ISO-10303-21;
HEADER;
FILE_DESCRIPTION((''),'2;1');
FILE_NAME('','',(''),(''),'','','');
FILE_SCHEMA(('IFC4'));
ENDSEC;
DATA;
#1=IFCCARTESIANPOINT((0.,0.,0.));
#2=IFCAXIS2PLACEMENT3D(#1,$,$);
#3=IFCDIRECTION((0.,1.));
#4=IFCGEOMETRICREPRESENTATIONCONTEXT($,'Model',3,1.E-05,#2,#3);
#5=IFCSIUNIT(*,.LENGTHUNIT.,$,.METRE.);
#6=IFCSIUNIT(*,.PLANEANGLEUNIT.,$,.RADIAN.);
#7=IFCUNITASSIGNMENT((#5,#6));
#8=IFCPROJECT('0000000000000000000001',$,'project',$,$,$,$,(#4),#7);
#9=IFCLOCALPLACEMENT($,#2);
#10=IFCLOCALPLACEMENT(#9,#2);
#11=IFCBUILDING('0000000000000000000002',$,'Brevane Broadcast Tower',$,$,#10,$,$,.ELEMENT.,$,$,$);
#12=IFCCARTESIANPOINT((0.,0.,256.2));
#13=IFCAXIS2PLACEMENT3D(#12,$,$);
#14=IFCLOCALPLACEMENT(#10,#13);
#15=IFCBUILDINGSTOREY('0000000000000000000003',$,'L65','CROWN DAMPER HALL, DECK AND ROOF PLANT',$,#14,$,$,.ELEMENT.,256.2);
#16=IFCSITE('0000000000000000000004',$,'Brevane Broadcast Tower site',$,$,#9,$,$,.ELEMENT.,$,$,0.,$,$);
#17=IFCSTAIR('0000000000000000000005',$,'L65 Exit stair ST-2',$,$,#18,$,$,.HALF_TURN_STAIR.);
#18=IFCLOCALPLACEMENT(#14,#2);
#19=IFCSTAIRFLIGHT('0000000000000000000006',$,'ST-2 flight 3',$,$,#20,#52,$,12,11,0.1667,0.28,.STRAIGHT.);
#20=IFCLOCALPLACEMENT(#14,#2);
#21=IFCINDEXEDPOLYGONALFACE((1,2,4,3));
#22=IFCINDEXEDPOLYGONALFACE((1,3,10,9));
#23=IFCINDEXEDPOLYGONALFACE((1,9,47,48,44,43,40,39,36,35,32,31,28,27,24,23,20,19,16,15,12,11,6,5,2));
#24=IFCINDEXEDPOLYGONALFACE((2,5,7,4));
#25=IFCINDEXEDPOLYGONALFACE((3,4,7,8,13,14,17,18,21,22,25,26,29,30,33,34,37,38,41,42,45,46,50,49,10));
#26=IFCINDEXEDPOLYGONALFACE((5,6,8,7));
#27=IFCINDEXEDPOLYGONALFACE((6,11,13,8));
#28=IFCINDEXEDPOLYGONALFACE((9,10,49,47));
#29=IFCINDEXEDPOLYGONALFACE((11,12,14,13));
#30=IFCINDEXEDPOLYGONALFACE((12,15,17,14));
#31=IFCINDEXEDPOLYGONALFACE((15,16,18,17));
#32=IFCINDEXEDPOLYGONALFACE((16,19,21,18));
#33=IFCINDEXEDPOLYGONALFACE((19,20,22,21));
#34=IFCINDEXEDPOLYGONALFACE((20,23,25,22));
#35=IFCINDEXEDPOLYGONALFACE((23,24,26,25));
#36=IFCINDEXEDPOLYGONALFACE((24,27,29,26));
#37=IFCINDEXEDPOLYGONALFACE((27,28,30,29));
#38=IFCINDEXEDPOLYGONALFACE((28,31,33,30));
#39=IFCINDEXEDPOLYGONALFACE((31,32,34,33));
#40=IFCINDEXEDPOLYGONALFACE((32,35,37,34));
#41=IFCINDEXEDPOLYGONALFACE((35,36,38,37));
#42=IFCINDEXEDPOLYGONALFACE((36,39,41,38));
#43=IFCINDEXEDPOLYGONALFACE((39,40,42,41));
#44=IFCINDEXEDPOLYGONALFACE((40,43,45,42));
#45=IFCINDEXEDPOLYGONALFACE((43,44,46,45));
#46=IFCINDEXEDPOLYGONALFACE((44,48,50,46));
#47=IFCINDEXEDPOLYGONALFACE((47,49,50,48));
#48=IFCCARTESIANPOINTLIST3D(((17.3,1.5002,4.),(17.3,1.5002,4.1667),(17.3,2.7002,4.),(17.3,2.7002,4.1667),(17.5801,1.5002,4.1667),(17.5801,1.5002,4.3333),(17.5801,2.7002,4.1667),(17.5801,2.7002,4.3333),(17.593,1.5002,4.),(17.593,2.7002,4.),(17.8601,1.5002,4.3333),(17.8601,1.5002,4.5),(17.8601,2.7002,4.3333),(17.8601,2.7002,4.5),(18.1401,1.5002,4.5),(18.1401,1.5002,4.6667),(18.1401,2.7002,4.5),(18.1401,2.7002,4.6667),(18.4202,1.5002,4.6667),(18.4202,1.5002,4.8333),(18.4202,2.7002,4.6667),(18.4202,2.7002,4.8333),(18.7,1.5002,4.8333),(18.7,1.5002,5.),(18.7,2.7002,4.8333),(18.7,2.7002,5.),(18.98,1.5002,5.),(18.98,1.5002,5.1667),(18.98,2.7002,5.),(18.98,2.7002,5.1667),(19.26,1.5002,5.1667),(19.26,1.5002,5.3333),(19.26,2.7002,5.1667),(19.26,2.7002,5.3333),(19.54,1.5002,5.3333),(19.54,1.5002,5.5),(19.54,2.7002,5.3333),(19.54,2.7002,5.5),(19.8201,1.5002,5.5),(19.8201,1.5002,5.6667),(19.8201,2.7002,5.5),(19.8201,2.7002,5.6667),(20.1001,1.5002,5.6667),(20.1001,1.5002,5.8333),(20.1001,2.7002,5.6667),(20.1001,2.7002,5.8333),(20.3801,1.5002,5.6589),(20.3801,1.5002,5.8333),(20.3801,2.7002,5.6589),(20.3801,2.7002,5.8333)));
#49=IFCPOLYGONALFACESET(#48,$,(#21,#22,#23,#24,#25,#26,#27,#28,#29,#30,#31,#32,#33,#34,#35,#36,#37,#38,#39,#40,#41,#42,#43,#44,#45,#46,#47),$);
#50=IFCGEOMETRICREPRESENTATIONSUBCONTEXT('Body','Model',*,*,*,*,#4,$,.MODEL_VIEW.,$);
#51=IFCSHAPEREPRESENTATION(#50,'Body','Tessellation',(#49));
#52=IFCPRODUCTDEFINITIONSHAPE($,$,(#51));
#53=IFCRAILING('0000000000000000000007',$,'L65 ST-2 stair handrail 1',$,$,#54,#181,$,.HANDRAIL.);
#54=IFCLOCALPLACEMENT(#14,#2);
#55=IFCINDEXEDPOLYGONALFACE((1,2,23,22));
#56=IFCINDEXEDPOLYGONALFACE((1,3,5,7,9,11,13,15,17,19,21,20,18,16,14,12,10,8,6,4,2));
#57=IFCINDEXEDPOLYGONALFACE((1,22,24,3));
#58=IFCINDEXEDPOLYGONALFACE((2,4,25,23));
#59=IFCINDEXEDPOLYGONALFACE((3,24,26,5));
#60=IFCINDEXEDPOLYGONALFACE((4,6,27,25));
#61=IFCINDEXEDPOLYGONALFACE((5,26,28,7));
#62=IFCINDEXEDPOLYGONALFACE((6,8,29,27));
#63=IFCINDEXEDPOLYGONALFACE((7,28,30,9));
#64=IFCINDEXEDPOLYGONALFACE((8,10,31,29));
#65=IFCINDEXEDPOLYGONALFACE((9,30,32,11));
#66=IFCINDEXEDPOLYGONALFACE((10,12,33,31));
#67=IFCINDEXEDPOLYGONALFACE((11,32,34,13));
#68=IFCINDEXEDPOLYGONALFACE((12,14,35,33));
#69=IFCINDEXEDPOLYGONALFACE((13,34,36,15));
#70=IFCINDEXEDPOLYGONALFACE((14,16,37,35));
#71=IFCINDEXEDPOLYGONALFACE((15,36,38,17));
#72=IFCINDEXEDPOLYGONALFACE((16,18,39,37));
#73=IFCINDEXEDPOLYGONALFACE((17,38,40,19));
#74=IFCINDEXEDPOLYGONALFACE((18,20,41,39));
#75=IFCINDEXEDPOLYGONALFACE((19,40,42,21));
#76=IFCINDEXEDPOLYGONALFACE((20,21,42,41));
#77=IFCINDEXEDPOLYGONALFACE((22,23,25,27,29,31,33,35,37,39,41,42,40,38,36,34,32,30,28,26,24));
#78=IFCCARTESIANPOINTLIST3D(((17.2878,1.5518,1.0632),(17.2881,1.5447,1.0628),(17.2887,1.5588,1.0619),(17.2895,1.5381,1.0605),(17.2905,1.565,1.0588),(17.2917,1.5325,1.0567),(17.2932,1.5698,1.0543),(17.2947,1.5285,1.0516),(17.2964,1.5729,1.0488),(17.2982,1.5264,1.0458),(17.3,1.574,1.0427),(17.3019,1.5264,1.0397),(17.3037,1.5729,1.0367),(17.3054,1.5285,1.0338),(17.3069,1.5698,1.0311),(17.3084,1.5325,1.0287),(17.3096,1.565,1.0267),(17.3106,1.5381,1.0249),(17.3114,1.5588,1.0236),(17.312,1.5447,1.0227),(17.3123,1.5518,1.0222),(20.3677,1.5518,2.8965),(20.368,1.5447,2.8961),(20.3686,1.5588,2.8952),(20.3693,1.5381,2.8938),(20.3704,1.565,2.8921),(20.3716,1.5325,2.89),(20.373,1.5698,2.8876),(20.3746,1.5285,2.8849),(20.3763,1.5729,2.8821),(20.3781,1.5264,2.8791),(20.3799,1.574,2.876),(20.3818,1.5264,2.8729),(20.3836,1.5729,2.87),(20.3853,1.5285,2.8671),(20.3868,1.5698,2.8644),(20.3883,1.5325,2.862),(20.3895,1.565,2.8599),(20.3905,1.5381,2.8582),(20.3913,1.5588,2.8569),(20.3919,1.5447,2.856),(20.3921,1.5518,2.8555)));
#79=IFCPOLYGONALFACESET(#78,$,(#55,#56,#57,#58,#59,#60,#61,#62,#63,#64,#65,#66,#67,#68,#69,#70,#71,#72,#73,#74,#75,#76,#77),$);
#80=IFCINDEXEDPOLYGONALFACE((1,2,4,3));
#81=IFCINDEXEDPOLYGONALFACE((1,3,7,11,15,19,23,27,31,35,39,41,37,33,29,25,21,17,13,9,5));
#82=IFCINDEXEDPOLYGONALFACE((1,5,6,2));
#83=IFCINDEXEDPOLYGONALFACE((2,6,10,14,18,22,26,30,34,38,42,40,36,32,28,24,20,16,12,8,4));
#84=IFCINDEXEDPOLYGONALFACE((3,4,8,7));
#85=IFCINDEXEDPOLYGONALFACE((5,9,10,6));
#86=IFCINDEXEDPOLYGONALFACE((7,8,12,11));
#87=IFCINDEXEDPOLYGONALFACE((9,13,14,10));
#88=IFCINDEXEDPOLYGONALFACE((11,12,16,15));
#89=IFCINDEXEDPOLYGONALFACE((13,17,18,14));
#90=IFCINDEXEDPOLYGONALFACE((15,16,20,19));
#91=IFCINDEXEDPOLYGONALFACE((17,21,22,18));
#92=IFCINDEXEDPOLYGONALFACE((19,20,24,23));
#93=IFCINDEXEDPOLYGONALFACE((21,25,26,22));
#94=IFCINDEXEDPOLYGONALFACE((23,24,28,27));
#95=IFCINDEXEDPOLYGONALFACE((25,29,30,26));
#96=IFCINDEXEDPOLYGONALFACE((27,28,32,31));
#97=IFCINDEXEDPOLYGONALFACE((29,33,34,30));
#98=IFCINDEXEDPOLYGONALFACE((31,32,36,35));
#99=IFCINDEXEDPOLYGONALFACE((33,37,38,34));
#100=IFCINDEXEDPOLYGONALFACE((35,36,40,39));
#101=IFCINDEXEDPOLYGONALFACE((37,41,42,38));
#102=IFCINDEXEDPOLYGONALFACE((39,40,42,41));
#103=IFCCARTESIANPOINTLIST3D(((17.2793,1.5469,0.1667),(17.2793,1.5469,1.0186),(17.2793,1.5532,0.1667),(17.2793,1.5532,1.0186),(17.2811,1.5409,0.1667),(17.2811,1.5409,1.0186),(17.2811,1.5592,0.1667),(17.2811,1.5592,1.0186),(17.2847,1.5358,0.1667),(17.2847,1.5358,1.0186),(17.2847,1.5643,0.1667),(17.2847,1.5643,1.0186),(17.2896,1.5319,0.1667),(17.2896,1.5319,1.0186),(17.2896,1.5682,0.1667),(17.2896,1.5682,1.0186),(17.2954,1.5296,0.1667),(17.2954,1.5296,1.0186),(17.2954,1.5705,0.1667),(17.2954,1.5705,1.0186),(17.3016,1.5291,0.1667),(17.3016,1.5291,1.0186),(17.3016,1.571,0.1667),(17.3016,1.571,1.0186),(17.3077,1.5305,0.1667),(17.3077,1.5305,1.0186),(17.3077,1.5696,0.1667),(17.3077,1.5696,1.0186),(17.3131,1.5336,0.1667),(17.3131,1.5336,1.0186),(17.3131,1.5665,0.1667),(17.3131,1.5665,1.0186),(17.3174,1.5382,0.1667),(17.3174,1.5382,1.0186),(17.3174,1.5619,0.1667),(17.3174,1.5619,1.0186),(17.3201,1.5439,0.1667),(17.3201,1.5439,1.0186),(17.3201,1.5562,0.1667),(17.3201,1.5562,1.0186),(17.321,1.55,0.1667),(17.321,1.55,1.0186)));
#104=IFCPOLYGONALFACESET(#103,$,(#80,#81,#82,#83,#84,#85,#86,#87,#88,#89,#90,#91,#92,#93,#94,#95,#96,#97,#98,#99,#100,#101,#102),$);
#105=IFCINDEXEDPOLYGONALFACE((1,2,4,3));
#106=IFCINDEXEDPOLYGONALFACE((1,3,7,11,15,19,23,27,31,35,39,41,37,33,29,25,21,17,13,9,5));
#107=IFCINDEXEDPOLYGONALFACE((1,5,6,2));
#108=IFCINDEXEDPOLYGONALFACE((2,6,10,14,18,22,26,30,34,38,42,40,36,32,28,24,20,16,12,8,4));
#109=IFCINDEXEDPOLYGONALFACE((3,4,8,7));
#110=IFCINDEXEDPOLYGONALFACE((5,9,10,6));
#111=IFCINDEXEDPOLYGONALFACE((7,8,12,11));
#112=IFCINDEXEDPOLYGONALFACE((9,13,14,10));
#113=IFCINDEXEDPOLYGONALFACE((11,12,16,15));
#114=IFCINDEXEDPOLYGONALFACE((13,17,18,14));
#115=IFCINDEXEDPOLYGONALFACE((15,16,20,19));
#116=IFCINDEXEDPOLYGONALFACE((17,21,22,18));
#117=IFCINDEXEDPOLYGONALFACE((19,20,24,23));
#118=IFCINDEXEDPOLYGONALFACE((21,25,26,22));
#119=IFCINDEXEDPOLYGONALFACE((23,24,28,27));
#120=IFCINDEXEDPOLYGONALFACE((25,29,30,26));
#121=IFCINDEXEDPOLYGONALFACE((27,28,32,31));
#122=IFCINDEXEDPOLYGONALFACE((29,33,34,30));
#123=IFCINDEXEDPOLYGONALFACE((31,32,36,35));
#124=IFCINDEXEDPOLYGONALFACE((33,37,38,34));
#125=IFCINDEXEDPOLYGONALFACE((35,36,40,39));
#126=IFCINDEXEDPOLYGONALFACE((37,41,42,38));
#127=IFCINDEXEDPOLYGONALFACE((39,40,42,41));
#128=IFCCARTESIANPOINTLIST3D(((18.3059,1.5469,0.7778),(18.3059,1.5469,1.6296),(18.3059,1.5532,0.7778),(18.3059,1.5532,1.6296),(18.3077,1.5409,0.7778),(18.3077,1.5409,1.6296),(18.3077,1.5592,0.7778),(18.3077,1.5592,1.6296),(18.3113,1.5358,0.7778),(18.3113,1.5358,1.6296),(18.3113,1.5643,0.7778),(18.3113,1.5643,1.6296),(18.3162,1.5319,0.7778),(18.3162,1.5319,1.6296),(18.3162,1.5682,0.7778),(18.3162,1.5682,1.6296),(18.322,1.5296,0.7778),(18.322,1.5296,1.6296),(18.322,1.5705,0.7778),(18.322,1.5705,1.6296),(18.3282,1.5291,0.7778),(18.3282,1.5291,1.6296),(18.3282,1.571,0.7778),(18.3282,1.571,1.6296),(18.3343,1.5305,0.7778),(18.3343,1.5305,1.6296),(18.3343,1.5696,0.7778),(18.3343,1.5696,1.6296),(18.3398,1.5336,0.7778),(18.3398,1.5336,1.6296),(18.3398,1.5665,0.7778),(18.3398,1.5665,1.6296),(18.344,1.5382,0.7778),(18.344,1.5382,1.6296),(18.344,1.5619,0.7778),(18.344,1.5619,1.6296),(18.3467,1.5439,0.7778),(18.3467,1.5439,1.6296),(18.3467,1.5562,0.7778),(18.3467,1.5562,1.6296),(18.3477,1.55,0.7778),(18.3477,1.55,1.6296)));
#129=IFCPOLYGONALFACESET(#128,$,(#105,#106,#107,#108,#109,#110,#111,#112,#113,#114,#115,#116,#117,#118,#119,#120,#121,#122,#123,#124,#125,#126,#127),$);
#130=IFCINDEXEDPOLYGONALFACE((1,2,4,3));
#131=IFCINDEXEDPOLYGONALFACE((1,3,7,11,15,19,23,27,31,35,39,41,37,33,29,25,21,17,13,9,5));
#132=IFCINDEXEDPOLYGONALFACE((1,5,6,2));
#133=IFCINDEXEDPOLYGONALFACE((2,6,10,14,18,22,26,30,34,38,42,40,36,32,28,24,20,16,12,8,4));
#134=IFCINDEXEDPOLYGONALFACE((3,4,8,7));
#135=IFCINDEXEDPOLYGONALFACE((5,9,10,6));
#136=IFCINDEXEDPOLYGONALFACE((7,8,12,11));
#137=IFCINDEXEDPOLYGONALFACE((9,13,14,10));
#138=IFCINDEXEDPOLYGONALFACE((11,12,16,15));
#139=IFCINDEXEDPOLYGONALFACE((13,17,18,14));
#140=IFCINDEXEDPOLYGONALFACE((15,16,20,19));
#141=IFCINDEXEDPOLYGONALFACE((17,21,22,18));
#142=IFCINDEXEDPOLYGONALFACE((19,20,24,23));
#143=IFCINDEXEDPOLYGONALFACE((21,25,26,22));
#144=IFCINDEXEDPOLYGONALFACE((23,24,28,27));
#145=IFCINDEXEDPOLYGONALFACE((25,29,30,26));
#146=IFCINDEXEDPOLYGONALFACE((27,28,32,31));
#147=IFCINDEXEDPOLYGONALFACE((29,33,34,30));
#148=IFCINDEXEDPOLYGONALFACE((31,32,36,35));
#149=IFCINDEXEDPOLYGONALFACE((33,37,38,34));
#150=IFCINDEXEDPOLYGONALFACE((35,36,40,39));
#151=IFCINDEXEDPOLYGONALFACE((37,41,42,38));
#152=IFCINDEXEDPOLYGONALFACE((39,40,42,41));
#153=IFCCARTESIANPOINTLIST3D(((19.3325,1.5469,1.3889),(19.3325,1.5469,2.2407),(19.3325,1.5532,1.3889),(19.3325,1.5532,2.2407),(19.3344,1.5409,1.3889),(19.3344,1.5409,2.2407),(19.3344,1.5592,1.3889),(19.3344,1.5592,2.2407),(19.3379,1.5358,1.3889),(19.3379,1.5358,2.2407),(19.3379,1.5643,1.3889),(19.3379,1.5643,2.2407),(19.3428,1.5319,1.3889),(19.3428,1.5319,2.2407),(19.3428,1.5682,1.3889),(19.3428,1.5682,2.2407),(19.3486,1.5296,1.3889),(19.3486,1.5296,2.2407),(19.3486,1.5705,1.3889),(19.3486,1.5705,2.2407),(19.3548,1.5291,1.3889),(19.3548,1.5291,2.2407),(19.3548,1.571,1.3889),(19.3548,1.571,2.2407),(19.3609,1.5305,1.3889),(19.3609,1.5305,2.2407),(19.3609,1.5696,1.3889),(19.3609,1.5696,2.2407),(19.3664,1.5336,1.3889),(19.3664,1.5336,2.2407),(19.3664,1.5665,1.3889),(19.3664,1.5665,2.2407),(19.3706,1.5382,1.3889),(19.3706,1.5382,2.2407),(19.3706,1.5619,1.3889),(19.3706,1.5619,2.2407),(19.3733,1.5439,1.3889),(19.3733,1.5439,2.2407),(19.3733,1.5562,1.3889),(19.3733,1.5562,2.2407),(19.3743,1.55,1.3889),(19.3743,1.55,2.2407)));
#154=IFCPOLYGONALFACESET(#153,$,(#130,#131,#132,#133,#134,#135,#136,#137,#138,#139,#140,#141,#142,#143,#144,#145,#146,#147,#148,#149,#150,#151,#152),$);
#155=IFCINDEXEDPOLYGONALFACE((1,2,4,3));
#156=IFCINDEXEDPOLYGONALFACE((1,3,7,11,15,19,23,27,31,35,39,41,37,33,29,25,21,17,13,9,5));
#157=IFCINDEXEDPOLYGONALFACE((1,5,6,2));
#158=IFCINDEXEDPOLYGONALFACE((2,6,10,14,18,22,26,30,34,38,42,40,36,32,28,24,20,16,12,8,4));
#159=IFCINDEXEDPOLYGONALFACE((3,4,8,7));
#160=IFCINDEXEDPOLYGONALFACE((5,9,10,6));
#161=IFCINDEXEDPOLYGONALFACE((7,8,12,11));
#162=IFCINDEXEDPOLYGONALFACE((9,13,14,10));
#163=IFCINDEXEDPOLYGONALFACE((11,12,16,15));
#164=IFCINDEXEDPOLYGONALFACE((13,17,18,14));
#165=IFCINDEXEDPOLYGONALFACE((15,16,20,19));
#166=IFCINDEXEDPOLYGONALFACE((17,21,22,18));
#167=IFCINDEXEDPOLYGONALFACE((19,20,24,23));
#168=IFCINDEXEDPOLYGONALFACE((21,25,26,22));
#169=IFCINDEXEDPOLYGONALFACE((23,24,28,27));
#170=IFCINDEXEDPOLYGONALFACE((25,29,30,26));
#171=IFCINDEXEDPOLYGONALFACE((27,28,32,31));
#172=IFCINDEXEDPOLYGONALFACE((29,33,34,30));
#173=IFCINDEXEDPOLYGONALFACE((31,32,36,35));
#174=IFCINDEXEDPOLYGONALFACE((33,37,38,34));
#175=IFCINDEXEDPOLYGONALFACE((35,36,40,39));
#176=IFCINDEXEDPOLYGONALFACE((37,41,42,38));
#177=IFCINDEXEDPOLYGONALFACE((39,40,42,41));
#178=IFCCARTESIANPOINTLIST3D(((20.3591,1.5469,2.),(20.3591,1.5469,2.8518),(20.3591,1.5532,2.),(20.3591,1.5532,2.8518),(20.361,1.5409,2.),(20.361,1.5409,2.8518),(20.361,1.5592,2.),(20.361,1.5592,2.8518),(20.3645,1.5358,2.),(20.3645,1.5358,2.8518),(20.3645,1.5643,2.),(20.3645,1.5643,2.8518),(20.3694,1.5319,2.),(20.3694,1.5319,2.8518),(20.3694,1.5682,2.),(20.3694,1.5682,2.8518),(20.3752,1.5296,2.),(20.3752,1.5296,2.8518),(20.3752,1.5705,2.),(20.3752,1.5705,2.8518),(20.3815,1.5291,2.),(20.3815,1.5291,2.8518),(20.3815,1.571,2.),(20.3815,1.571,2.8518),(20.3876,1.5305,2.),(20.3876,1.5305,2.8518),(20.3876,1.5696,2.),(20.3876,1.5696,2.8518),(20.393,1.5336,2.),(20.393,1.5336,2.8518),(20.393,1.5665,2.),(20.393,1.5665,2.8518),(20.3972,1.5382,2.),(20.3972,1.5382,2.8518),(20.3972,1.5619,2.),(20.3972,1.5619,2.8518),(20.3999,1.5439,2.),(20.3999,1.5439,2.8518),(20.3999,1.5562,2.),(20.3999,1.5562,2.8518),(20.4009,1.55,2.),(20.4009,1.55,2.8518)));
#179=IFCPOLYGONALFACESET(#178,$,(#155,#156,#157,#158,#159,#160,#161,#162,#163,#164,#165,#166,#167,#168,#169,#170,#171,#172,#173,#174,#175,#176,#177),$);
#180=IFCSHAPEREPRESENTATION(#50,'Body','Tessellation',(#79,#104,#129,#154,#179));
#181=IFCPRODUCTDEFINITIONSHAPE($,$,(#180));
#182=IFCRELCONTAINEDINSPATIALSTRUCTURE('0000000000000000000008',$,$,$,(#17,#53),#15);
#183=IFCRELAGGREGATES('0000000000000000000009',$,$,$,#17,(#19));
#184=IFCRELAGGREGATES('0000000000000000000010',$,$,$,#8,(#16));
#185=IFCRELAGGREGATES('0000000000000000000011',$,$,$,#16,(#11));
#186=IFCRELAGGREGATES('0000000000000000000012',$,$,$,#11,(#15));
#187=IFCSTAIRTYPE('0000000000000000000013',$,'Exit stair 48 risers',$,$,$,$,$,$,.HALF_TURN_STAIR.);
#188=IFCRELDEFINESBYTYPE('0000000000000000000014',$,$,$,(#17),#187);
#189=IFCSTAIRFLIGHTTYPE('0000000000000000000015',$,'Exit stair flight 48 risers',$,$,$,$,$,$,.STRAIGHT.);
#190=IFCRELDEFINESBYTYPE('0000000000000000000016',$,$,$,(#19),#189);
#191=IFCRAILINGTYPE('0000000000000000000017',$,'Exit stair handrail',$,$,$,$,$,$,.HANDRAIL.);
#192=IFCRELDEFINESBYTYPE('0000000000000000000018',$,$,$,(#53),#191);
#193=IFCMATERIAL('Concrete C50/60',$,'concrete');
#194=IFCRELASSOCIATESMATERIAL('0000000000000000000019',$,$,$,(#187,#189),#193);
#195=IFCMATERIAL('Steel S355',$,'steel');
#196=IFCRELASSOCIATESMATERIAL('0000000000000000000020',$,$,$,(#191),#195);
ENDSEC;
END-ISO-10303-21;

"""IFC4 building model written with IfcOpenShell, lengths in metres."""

from ifc_helpers import new_model, si_unit, direction, frame, origin, origin_2d, place, context, subcontext, project, spatial, polyline, circle, outline, extrude, material, type_object, element, aggregate, save


model = new_model("IFC4")

# Units and contexts
model_context = context("Model", 3, precision=1e-05, world=origin(), true_north=direction((0.0, 1.0)))
body_context = subcontext(model_context, "Body", "Model", "MODEL_VIEW")
ifc_project = project(units=[si_unit("LENGTHUNIT", "METRE"), si_unit("PLANEANGLEUNIT", "RADIAN")], contexts=[model_context])

# Site, building, storey
site_placement = place(None, origin())
site = spatial("IfcSite", under=ifc_project, at=site_placement, Name="Brevane Broadcast Tower site", CompositionType="ELEMENT", RefElevation=0.0)
building_placement = place(site_placement, origin())
building = spatial("IfcBuilding", under=site, at=building_placement, Name="Brevane Broadcast Tower", CompositionType="ELEMENT")
storey_placement = place(building_placement, frame((0.0, 0.0, 256.2)))
storey = spatial("IfcBuildingStorey", under=building, at=storey_placement, Name="L65", Description="CROWN DAMPER HALL, DECK AND ROOF PLANT", CompositionType="ELEMENT", Elevation=256.2)

# Shared definitions
ifc_material_1 = material(Name="Steel S355", Category="steel")

# Shared definitions
ifc_material_2 = material(Name="Concrete C50/60", Category="concrete")

# Stair, stair flight
stair_type = type_object("IfcStairType", Name="Exit stair 48 risers", PredefinedType="HALF_TURN_STAIR", material=ifc_material_2)
stair_placement = place(storey_placement, origin())
stair = element("IfcStair", 1, at=stair_placement, inside=storey, type_object=stair_type, Name="L65 Exit stair ST-2", PredefinedType="HALF_TURN_STAIR")
stair_flight_type = type_object("IfcStairFlightType", Name="Exit stair flight 48 risers", PredefinedType="STRAIGHT", material=ifc_material_2)
stair_flight_1_placement = place(storey_placement, frame((17.3, 2.1001, 4.0), z_axis=(0.0, 0.0, 1.0), x_axis=(1.0, 0.0, 0.0)))
stair_flight_1 = element("IfcStairFlight", 2, at=stair_flight_1_placement, type_object=stair_flight_type, Name="ST-2 flight 3", NumberOfRisers=12, NumberOfTreads=11, PredefinedType="STRAIGHT", RiserHeight=0.1667, TreadLength=0.28, context=body_context, shape_type="SweptSolid", body=[
    extrude(outline(polyline([(0.0, 0.0), (0.0, 0.1667), (0.28, 0.1667), (0.28, 0.3333), (0.5601, 0.3333), (0.5601, 0.5), (0.8401, 0.5), (0.8401, 0.6667), (1.1201, 0.6667), (1.1201, 0.8333), (1.3999, 0.8333), (1.3999, 1.0), (1.6799, 1.0), (1.6799, 1.1667), (1.96, 1.1667), (1.96, 1.3333), (2.24, 1.3333), (2.24, 1.5), (2.52, 1.5), (2.52, 1.6667), (2.8, 1.6667), (2.8, 1.8333), (3.0801, 1.8333), (3.0801, 2.0), (3.0801, 1.6589), (0.293, 0.0), (0.0, 0.0)])), frame((0.0, 0.6001, 0.0), z_axis=(0.0, -1.0, 0.0), x_axis=(1.0, 0.0, 0.0)), (0.0, 0.0, 1.0), 1.2),
])
aggregate(stair, [stair_flight_1])

# Railing
railing_type = type_object("IfcRailingType", Name="Exit stair handrail", PredefinedType="HANDRAIL", material=ifc_material_1)
for number, where, name in (
    (3, (17.3, 1.55, 0.1667), "L65 ST-2 stair handrail 1"),
):
    element("IfcRailing", number, at=place(storey_placement, frame(where)), inside=storey, type_object=railing_type, Name=name, PredefinedType="HANDRAIL", context=body_context, shape_type="SweptSolid", body=[
        extrude(circle(Radius=0.0239, at=origin_2d()), frame((0.0, 0.0, 0.876), z_axis=(0.859291, 0.0, 0.511487), x_axis=(0.0, 1.0, 0.0)), (0.0, 0.0, 1.0), 3.5842),
        extrude(circle(Radius=0.021, at=origin_2d()), origin(), (0.0, 0.0, 1.0), 0.8518),
        extrude(circle(Radius=0.021, at=origin_2d()), frame((1.0266, 0.0, 0.6111)), (0.0, 0.0, 1.0), 0.8518),
        extrude(circle(Radius=0.021, at=origin_2d()), frame((2.0532, 0.0, 1.2222)), (0.0, 0.0, 1.0), 0.8518),
        extrude(circle(Radius=0.021, at=origin_2d()), frame((3.0798, 0.0, 1.8333)), (0.0, 0.0, 1.0), 0.8518),
    ])

save(model, "model.ifc")
